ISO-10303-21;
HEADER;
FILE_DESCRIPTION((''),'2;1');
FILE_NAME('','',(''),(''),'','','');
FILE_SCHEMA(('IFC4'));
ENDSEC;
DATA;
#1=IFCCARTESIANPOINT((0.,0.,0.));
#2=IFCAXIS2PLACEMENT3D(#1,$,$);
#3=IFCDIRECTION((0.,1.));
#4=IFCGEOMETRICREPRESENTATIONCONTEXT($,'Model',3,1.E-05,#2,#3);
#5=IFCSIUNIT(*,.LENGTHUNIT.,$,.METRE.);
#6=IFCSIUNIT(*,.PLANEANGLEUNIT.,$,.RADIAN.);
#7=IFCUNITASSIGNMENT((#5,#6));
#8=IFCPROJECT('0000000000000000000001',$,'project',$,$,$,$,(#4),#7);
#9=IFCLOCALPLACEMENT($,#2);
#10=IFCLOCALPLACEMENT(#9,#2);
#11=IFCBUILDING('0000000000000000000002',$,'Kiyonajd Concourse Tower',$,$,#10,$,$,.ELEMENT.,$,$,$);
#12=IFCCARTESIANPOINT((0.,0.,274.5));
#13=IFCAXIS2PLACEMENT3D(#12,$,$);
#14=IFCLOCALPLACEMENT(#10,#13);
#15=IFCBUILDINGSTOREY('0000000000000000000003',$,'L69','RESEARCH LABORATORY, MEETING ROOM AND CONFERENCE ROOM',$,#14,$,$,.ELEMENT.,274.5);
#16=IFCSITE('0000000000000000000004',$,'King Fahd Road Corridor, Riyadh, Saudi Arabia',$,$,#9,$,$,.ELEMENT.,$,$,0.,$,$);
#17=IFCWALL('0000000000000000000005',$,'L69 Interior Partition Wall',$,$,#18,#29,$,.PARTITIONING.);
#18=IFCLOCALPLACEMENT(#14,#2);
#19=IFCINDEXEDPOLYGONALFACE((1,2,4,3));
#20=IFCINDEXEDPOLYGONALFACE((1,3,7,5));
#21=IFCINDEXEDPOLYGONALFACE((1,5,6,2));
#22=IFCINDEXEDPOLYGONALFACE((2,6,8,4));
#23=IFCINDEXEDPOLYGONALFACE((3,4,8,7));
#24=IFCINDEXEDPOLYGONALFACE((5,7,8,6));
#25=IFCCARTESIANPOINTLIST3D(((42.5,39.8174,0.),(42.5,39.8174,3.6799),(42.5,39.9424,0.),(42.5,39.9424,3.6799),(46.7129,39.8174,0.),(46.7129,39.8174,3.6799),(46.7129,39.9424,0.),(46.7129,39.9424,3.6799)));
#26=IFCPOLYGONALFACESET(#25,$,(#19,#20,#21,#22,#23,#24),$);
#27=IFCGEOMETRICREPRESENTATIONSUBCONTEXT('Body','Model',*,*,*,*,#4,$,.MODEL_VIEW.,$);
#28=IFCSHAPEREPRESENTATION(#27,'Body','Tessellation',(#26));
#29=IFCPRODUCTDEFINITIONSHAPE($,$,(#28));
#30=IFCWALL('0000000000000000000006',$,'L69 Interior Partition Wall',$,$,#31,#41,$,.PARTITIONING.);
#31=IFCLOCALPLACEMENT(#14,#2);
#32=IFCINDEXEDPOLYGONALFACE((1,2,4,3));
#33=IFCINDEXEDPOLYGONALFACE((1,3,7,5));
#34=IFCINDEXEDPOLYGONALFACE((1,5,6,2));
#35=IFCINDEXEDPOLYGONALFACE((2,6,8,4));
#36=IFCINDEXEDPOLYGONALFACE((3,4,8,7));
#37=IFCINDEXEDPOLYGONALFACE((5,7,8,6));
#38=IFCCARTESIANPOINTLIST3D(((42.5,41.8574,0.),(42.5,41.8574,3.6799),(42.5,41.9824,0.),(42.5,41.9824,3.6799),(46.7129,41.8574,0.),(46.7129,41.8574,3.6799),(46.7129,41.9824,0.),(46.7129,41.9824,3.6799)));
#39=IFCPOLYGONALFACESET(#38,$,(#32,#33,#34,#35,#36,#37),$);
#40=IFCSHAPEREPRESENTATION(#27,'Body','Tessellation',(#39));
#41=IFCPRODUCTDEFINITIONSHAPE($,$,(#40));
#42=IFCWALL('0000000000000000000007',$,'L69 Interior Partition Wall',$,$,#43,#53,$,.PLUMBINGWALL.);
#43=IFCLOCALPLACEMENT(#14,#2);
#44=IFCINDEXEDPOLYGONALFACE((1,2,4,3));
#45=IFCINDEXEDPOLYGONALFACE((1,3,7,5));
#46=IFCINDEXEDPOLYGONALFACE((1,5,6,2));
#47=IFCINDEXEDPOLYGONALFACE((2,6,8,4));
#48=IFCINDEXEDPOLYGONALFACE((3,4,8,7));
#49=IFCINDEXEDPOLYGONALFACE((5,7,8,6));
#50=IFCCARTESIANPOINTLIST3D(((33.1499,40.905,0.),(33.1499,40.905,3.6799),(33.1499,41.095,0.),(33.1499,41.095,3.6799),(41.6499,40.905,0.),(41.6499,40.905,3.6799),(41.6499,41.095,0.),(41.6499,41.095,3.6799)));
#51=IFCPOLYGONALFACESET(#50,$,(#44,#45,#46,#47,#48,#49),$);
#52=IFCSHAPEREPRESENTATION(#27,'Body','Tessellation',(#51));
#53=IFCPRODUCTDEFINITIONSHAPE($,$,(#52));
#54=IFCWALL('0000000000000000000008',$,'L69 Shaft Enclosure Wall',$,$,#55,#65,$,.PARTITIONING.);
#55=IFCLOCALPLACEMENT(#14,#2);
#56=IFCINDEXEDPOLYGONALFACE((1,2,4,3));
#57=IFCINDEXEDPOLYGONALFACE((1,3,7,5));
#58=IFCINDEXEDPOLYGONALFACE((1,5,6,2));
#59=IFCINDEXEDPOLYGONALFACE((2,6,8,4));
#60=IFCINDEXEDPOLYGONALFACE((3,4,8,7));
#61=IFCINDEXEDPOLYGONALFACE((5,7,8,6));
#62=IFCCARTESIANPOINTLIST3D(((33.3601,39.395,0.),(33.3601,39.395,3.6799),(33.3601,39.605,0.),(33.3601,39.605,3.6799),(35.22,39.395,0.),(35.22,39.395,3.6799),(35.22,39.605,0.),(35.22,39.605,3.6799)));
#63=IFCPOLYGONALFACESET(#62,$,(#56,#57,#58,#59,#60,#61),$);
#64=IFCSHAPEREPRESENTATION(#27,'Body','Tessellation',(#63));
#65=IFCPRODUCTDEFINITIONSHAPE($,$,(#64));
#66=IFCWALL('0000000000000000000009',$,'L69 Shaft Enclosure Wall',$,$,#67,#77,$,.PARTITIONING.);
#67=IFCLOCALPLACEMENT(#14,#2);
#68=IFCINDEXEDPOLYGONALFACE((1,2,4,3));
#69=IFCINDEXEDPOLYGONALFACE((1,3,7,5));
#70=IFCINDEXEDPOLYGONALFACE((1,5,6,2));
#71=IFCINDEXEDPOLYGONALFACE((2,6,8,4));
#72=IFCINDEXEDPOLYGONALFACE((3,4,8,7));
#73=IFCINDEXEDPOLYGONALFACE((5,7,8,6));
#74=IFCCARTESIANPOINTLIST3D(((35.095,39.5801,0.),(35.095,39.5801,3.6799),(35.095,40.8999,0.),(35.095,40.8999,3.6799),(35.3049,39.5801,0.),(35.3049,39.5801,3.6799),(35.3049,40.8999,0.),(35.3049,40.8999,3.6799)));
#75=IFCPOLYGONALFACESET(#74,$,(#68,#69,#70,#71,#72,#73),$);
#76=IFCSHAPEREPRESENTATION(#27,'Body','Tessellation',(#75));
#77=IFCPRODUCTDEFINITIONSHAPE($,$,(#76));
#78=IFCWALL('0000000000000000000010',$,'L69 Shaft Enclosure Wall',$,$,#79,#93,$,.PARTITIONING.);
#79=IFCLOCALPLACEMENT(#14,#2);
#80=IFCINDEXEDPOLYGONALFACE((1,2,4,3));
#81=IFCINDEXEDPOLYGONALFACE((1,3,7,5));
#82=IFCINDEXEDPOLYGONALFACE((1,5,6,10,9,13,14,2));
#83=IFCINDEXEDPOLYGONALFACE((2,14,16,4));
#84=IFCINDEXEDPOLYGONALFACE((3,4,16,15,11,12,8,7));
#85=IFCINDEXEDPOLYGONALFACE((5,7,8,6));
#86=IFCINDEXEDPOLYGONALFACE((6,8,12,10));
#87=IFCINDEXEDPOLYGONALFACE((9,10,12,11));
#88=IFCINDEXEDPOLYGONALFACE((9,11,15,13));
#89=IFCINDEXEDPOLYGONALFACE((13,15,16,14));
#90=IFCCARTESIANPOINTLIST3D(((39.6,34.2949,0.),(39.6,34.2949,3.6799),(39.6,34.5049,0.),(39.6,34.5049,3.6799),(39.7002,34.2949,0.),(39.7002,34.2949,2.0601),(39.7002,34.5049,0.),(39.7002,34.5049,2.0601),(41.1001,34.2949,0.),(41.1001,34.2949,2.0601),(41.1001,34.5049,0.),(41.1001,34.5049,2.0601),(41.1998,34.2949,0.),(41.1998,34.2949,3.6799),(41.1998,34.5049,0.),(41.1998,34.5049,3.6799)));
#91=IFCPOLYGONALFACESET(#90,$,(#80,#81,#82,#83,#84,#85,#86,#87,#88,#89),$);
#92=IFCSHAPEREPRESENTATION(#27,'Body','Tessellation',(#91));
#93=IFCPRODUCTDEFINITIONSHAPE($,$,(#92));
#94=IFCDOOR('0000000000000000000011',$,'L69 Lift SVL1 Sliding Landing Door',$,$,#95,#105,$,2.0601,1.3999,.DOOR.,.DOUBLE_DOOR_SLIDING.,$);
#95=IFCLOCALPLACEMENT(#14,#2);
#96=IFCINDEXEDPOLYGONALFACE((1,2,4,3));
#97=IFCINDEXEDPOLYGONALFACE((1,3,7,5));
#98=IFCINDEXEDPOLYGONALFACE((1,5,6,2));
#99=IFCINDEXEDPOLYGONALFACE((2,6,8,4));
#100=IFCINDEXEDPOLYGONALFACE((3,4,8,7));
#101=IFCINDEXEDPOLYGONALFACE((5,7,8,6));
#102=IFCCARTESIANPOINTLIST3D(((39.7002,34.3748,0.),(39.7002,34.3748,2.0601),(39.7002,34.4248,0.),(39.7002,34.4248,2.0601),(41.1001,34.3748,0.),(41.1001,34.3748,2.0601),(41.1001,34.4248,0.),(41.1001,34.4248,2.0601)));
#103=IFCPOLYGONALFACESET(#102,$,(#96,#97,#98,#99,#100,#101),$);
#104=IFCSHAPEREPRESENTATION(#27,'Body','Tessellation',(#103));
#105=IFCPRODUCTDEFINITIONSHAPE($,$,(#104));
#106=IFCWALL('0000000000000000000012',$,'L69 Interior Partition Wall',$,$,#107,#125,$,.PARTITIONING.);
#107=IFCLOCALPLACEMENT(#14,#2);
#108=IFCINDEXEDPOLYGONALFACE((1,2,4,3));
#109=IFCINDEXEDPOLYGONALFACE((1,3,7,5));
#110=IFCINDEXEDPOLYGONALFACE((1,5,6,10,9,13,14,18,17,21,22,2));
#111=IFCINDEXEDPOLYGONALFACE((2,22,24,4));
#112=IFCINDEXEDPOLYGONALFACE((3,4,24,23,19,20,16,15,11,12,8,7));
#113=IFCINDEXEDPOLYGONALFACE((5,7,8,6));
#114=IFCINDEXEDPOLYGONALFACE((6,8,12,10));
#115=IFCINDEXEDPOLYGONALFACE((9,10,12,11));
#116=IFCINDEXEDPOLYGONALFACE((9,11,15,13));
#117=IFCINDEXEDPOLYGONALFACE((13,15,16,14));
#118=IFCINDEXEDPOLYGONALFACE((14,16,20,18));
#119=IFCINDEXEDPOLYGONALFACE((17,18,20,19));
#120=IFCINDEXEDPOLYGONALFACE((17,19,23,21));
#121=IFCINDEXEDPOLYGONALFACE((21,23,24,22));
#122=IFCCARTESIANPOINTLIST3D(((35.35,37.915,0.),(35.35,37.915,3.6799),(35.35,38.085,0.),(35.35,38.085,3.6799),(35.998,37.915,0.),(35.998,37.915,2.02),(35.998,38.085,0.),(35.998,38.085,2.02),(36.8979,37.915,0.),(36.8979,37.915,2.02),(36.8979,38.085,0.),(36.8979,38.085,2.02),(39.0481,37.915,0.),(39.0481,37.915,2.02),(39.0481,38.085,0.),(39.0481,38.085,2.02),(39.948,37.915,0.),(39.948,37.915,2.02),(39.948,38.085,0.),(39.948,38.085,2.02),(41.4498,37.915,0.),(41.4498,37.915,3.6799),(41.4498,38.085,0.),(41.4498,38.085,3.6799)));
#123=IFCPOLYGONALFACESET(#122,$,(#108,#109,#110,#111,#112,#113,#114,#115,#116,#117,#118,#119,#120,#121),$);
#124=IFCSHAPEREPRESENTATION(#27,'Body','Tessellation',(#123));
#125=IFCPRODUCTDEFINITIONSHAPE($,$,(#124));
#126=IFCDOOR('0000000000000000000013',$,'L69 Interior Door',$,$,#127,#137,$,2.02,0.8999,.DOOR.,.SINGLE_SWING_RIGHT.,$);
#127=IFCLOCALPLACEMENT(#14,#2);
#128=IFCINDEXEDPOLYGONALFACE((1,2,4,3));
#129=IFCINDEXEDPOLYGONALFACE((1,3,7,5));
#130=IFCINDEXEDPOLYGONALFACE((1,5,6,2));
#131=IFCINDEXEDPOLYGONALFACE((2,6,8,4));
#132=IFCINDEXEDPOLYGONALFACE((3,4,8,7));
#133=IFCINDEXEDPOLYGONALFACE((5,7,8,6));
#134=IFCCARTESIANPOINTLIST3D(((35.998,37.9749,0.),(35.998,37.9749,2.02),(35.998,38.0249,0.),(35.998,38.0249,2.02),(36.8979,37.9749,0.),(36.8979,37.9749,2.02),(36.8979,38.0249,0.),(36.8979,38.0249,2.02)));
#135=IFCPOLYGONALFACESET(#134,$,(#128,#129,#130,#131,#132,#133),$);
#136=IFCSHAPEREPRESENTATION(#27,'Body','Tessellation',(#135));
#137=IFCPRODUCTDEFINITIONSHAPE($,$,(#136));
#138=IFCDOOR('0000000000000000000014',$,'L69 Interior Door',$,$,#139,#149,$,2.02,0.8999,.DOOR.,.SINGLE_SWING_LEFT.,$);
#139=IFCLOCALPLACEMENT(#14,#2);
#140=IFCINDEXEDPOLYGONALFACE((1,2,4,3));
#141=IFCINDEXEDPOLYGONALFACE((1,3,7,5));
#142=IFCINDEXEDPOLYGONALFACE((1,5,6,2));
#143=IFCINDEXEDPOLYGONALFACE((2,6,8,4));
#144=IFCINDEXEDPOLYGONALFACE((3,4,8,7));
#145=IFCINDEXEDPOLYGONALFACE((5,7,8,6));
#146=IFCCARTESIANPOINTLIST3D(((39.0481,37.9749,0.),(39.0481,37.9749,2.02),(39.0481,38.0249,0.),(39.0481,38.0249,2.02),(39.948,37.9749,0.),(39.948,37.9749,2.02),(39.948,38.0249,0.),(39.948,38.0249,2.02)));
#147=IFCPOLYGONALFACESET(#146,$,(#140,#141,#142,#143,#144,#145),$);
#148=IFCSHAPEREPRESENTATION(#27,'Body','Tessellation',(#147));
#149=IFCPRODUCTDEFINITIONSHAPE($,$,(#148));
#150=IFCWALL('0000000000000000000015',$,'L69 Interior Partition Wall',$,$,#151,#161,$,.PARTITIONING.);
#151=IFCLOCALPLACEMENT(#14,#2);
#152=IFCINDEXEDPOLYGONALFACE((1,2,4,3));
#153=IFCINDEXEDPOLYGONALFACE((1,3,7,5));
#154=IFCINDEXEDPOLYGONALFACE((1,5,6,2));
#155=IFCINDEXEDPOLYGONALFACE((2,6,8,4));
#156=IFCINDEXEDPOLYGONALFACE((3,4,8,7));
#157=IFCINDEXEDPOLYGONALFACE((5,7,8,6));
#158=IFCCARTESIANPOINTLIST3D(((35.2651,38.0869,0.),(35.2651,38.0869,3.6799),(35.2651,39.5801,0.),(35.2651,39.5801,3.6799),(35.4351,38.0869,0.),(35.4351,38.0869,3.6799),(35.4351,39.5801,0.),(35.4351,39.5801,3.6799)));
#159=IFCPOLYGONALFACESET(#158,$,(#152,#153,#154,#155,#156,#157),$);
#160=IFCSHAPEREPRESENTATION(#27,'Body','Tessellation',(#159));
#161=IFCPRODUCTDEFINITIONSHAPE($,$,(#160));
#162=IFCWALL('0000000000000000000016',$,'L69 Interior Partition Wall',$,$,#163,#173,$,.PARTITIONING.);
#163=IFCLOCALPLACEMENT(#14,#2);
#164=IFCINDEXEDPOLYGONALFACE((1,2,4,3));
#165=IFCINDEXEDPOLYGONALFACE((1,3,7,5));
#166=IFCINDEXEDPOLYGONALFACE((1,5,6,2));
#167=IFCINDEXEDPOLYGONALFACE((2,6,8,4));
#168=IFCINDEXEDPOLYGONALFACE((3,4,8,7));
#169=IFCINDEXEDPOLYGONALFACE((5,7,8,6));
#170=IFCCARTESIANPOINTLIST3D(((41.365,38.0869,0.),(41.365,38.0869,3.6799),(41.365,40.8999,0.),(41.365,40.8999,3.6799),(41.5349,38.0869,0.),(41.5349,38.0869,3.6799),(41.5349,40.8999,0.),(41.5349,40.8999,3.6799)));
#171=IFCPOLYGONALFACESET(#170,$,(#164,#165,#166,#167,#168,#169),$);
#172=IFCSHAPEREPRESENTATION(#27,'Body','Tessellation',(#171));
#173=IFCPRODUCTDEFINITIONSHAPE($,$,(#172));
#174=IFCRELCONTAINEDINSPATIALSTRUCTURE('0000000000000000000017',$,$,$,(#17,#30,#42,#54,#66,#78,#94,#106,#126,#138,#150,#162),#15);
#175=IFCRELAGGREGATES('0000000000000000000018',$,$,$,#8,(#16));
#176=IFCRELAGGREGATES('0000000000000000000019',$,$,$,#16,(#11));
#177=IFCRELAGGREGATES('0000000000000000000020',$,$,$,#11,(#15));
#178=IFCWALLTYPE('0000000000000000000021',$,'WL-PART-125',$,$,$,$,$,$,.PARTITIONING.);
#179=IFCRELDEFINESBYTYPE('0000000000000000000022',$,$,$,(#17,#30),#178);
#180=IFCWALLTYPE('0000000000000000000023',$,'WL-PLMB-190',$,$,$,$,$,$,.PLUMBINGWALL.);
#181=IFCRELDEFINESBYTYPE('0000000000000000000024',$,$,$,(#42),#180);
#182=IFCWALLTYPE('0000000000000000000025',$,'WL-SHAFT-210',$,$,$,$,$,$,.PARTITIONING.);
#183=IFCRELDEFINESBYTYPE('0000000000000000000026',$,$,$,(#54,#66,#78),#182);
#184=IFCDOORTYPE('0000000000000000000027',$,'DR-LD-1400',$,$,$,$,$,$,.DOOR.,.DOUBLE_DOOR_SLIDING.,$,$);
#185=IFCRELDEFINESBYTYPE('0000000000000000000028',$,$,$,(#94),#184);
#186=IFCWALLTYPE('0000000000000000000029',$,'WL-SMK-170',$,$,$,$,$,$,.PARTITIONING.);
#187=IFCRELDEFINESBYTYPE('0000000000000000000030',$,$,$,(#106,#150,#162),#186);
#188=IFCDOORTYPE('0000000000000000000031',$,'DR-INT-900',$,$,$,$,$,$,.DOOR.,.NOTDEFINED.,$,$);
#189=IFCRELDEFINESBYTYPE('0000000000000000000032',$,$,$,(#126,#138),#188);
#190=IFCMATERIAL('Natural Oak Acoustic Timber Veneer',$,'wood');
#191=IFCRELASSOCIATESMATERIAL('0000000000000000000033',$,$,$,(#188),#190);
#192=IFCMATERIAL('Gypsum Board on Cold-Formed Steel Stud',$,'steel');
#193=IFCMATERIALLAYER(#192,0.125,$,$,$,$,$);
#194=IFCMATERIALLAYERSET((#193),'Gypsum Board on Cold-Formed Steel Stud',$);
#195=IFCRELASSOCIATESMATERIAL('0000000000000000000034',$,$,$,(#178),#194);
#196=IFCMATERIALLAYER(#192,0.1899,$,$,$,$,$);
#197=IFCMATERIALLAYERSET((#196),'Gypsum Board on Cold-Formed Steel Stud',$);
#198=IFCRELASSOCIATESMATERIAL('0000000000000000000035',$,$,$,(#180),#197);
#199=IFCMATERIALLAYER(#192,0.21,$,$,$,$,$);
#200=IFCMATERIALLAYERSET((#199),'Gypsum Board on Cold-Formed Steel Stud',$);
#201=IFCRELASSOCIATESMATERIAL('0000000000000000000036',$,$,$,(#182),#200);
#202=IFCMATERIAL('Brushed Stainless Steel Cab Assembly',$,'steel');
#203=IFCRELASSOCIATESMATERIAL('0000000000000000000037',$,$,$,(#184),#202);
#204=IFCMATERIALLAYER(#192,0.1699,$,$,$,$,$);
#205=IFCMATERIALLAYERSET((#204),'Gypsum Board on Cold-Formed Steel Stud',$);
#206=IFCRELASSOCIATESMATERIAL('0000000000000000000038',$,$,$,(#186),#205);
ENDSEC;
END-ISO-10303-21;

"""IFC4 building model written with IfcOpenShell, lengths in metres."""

from ifc_helpers import new_model, si_unit, direction, frame, frame_2d, origin, place, context, subcontext, project, spatial, rectangle, extrude, material, layer, layer_set, type_object, element, fill, save


model = new_model("IFC4")

# Units and contexts
model_context = context("Model", 3, precision=1e-05, world=origin(), true_north=direction((0.0, 1.0)))
body_context = subcontext(model_context, "Body", "Model", "MODEL_VIEW")
ifc_project = project(units=[si_unit("LENGTHUNIT", "METRE"), si_unit("PLANEANGLEUNIT", "RADIAN")], contexts=[model_context])

# Site, building, storey
site_placement = place(None, origin())
site = spatial("IfcSite", under=ifc_project, at=site_placement, Name="King Fahd Road Corridor, Riyadh, Saudi Arabia", CompositionType="ELEMENT", RefElevation=0.0)
building_placement = place(site_placement, origin())
building = spatial("IfcBuilding", under=site, at=building_placement, Name="Kiyonajd Concourse Tower", CompositionType="ELEMENT")
storey_placement = place(building_placement, frame((0.0, 0.0, 274.5)))
storey = spatial("IfcBuildingStorey", under=building, at=storey_placement, Name="L69", Description="RESEARCH LABORATORY, MEETING ROOM AND CONFERENCE ROOM", CompositionType="ELEMENT", Elevation=274.5)

# Shared definitions
ifc_material_1 = material(Name="Natural Oak Acoustic Timber Veneer", Category="wood")
door_type_1 = type_object("IfcDoorType", Name="DR-INT-900", OperationType="NOTDEFINED", PredefinedType="DOOR", material=ifc_material_1)

# Walls
ifc_material_2 = material(Name="Gypsum Board on Cold-Formed Steel Stud", Category="steel")
ifc_layer_1 = layer(ifc_material_2, 0.125)
ifc_layer_set_1 = layer_set([ifc_layer_1], Name="Gypsum Board on Cold-Formed Steel Stud")
wall_type_1 = type_object("IfcWallType", Name="WL-PART-125", PredefinedType="PARTITIONING", material=ifc_layer_set_1)
for number, where, z_axis, x_axis, name in (
    (1, (42.5, 39.8799, 0.0), (0.0, 0.0, 1.0), (1.0, 0.0, 0.0), "L69 Interior Partition Wall"),
    (2, (42.5, 41.9199, 0.0), (0.0, 0.0, 1.0), (1.0, 0.0, 0.0), "L69 Interior Partition Wall"),
):
    element("IfcWall", number, at=place(storey_placement, frame(where, z_axis=z_axis, x_axis=x_axis)), inside=storey, type_object=wall_type_1, Name=name, PredefinedType="PARTITIONING", context=body_context, shape_type="SweptSolid", body=[
        extrude(rectangle(XDim=4.2129, YDim=0.125, at=frame_2d((2.1064, 0.0))), origin(), (0.0, 0.0, 1.0), 3.6799),
    ])
ifc_layer_2 = layer(ifc_material_2, 0.1899)
ifc_layer_set_2 = layer_set([ifc_layer_2], Name="Gypsum Board on Cold-Formed Steel Stud")
wall_type_2 = type_object("IfcWallType", Name="WL-PLMB-190", PredefinedType="PLUMBINGWALL", material=ifc_layer_set_2)
wall_1_placement = place(storey_placement, frame((33.1499, 41.0, 0.0), z_axis=(0.0, 0.0, 1.0), x_axis=(1.0, 0.0, 0.0)))
element("IfcWall", 3, at=wall_1_placement, inside=storey, type_object=wall_type_2, Name="L69 Interior Partition Wall", PredefinedType="PLUMBINGWALL", context=body_context, shape_type="SweptSolid", body=[
    extrude(rectangle(XDim=8.5, YDim=0.1899, at=frame_2d((4.25, 0.0))), origin(), (0.0, 0.0, 1.0), 3.6799),
])
ifc_layer_3 = layer(ifc_material_2, 0.21)
ifc_layer_set_3 = layer_set([ifc_layer_3], Name="Gypsum Board on Cold-Formed Steel Stud")
wall_type_3 = type_object("IfcWallType", Name="WL-SHAFT-210", PredefinedType="PARTITIONING", material=ifc_layer_set_3)
wall_2_placement = place(storey_placement, frame((33.3601, 39.5, 0.0), z_axis=(0.0, 0.0, 1.0), x_axis=(1.0, 0.0, 0.0)))
element("IfcWall", 4, at=wall_2_placement, inside=storey, type_object=wall_type_3, Name="L69 Shaft Enclosure Wall", PredefinedType="PARTITIONING", context=body_context, shape_type="SweptSolid", body=[
    extrude(rectangle(XDim=1.8599, YDim=0.21, at=frame_2d((0.9299, 0.0))), origin(), (0.0, 0.0, 1.0), 3.6799),
])
wall_3_placement = place(storey_placement, frame((35.2, 39.5801, 0.0), z_axis=(0.0, 0.0, 1.0), x_axis=(0.0, 1.0, 0.0)))
element("IfcWall", 5, at=wall_3_placement, inside=storey, type_object=wall_type_3, Name="L69 Shaft Enclosure Wall", PredefinedType="PARTITIONING", context=body_context, shape_type="SweptSolid", body=[
    extrude(rectangle(XDim=1.3198, YDim=0.21, at=frame_2d((0.6599, 0.0))), origin(), (0.0, 0.0, 1.0), 3.6799),
])

# Wall, opening, door
wall_4_placement = place(storey_placement, frame((39.6001, 34.3999, 0.0), z_axis=(0.0, 0.0, 1.0), x_axis=(1.0, 0.0, 0.0)))
wall_4 = element("IfcWall", 6, at=wall_4_placement, inside=storey, type_object=wall_type_3, Name="L69 Shaft Enclosure Wall", PredefinedType="PARTITIONING", context=body_context, shape_type="SweptSolid", body=[
    extrude(rectangle(XDim=1.5999, YDim=0.21, at=frame_2d((0.7998, 0.0))), origin(), (0.0, 0.0, 1.0), 3.6799),
])
opening_1_placement = place(wall_4_placement, frame((0.1001, 0.0, 0.0)))
opening_1 = element("IfcOpeningElement", 7, at=opening_1_placement, cuts=wall_4, PredefinedType="OPENING", context=body_context, shape_type="SweptSolid", body=[
    extrude(rectangle(XDim=1.3999, YDim=2.0601, at=frame_2d((0.7, 1.03))), frame((0.0, 0.115, 0.0), z_axis=(0.0, -1.0, 0.0), x_axis=(1.0, 0.0, 0.0)), (0.0, 0.0, 1.0), 0.23),
])
ifc_material_3 = material(Name="Brushed Stainless Steel Cab Assembly", Category="steel")
door_type_2 = type_object("IfcDoorType", Name="DR-LD-1400", OperationType="DOUBLE_DOOR_SLIDING", PredefinedType="DOOR", material=ifc_material_3)
door_1_placement = place(opening_1_placement, origin())
door_1 = element("IfcDoor", 8, at=door_1_placement, inside=storey, type_object=door_type_2, Name="L69 Lift SVL1 Sliding Landing Door", OperationType="DOUBLE_DOOR_SLIDING", OverallHeight=2.0601, OverallWidth=1.3999, PredefinedType="DOOR", context=body_context, shape_type="SweptSolid", body=[
    extrude(rectangle(XDim=1.3999, YDim=2.0601, at=frame_2d((0.7, 1.03))), frame((0.0, 0.0249, 0.0), z_axis=(0.0, -1.0, 0.0), x_axis=(1.0, 0.0, 0.0)), (0.0, 0.0, 1.0), 0.05),
])
fill(opening_1, door_1)

# Wall, openings, doors
ifc_layer_4 = layer(ifc_material_2, 0.1699)
ifc_layer_set_4 = layer_set([ifc_layer_4], Name="Gypsum Board on Cold-Formed Steel Stud")
wall_type_4 = type_object("IfcWallType", Name="WL-SMK-170", PredefinedType="PARTITIONING", material=ifc_layer_set_4)
wall_5_placement = place(storey_placement, frame((35.3501, 38.0, 0.0), z_axis=(0.0, 0.0, 1.0), x_axis=(1.0, 0.0, 0.0)))
wall_5 = element("IfcWall", 9, at=wall_5_placement, inside=storey, type_object=wall_type_4, Name="L69 Interior Partition Wall", PredefinedType="PARTITIONING", context=body_context, shape_type="SweptSolid", body=[
    extrude(rectangle(XDim=6.0999, YDim=0.1699, at=frame_2d((3.0498, 0.0))), origin(), (0.0, 0.0, 1.0), 3.6799),
])
opening_2_placement = place(wall_5_placement, frame((0.6479, 0.0, 0.0)))
opening_2 = element("IfcOpeningElement", 10, at=opening_2_placement, cuts=wall_5, PredefinedType="OPENING", context=body_context, shape_type="SweptSolid", body=[
    extrude(rectangle(XDim=0.8999, YDim=2.02, at=frame_2d((0.45, 1.01))), frame((0.0, 0.095, 0.0), z_axis=(0.0, -1.0, 0.0), x_axis=(1.0, 0.0, 0.0)), (0.0, 0.0, 1.0), 0.1899),
])
opening_3_placement = place(wall_5_placement, frame((3.698, 0.0, 0.0)))
opening_3 = element("IfcOpeningElement", 11, at=opening_3_placement, cuts=wall_5, PredefinedType="OPENING", context=body_context, shape_type="SweptSolid", body=[
    extrude(rectangle(XDim=0.8999, YDim=2.02, at=frame_2d((0.45, 1.01))), frame((0.0, 0.095, 0.0), z_axis=(0.0, -1.0, 0.0), x_axis=(1.0, 0.0, 0.0)), (0.0, 0.0, 1.0), 0.1899),
])
door_2_placement = place(opening_2_placement, origin())
door_2 = element("IfcDoor", 12, at=door_2_placement, inside=storey, type_object=door_type_1, Name="L69 Interior Door", OperationType="SINGLE_SWING_RIGHT", OverallHeight=2.02, OverallWidth=0.8999, PredefinedType="DOOR", context=body_context, shape_type="SweptSolid", body=[
    extrude(rectangle(XDim=0.8999, YDim=2.02, at=frame_2d((0.45, 1.01))), frame((0.0, 0.0249, 0.0), z_axis=(0.0, -1.0, 0.0), x_axis=(1.0, 0.0, 0.0)), (0.0, 0.0, 1.0), 0.05),
])
fill(opening_2, door_2)
door_3_placement = place(opening_3_placement, origin())
door_3 = element("IfcDoor", 13, at=door_3_placement, inside=storey, type_object=door_type_1, Name="L69 Interior Door", OperationType="SINGLE_SWING_LEFT", OverallHeight=2.02, OverallWidth=0.8999, PredefinedType="DOOR", context=body_context, shape_type="SweptSolid", body=[
    extrude(rectangle(XDim=0.8999, YDim=2.02, at=frame_2d((0.45, 1.01))), frame((0.0, 0.0249, 0.0), z_axis=(0.0, -1.0, 0.0), x_axis=(1.0, 0.0, 0.0)), (0.0, 0.0, 1.0), 0.05),
])
fill(opening_3, door_3)

# Walls
wall_6_placement = place(storey_placement, frame((35.3501, 38.0869, 0.0), z_axis=(0.0, 0.0, 1.0), x_axis=(0.0, 1.0, 0.0)))
element("IfcWall", 14, at=wall_6_placement, inside=storey, type_object=wall_type_4, Name="L69 Interior Partition Wall", PredefinedType="PARTITIONING", context=body_context, shape_type="SweptSolid", body=[
    extrude(rectangle(XDim=1.4932, YDim=0.1699, at=frame_2d((0.7466, 0.0))), origin(), (0.0, 0.0, 1.0), 3.6799),
])
wall_7_placement = place(storey_placement, frame((41.45, 38.0869, 0.0), z_axis=(0.0, 0.0, 1.0), x_axis=(0.0, 1.0, 0.0)))
element("IfcWall", 15, at=wall_7_placement, inside=storey, type_object=wall_type_4, Name="L69 Interior Partition Wall", PredefinedType="PARTITIONING", context=body_context, shape_type="SweptSolid", body=[
    extrude(rectangle(XDim=2.813, YDim=0.1699, at=frame_2d((1.4065, 0.0))), origin(), (0.0, 0.0, 1.0), 3.6799),
])

save(model, "model.ifc")
